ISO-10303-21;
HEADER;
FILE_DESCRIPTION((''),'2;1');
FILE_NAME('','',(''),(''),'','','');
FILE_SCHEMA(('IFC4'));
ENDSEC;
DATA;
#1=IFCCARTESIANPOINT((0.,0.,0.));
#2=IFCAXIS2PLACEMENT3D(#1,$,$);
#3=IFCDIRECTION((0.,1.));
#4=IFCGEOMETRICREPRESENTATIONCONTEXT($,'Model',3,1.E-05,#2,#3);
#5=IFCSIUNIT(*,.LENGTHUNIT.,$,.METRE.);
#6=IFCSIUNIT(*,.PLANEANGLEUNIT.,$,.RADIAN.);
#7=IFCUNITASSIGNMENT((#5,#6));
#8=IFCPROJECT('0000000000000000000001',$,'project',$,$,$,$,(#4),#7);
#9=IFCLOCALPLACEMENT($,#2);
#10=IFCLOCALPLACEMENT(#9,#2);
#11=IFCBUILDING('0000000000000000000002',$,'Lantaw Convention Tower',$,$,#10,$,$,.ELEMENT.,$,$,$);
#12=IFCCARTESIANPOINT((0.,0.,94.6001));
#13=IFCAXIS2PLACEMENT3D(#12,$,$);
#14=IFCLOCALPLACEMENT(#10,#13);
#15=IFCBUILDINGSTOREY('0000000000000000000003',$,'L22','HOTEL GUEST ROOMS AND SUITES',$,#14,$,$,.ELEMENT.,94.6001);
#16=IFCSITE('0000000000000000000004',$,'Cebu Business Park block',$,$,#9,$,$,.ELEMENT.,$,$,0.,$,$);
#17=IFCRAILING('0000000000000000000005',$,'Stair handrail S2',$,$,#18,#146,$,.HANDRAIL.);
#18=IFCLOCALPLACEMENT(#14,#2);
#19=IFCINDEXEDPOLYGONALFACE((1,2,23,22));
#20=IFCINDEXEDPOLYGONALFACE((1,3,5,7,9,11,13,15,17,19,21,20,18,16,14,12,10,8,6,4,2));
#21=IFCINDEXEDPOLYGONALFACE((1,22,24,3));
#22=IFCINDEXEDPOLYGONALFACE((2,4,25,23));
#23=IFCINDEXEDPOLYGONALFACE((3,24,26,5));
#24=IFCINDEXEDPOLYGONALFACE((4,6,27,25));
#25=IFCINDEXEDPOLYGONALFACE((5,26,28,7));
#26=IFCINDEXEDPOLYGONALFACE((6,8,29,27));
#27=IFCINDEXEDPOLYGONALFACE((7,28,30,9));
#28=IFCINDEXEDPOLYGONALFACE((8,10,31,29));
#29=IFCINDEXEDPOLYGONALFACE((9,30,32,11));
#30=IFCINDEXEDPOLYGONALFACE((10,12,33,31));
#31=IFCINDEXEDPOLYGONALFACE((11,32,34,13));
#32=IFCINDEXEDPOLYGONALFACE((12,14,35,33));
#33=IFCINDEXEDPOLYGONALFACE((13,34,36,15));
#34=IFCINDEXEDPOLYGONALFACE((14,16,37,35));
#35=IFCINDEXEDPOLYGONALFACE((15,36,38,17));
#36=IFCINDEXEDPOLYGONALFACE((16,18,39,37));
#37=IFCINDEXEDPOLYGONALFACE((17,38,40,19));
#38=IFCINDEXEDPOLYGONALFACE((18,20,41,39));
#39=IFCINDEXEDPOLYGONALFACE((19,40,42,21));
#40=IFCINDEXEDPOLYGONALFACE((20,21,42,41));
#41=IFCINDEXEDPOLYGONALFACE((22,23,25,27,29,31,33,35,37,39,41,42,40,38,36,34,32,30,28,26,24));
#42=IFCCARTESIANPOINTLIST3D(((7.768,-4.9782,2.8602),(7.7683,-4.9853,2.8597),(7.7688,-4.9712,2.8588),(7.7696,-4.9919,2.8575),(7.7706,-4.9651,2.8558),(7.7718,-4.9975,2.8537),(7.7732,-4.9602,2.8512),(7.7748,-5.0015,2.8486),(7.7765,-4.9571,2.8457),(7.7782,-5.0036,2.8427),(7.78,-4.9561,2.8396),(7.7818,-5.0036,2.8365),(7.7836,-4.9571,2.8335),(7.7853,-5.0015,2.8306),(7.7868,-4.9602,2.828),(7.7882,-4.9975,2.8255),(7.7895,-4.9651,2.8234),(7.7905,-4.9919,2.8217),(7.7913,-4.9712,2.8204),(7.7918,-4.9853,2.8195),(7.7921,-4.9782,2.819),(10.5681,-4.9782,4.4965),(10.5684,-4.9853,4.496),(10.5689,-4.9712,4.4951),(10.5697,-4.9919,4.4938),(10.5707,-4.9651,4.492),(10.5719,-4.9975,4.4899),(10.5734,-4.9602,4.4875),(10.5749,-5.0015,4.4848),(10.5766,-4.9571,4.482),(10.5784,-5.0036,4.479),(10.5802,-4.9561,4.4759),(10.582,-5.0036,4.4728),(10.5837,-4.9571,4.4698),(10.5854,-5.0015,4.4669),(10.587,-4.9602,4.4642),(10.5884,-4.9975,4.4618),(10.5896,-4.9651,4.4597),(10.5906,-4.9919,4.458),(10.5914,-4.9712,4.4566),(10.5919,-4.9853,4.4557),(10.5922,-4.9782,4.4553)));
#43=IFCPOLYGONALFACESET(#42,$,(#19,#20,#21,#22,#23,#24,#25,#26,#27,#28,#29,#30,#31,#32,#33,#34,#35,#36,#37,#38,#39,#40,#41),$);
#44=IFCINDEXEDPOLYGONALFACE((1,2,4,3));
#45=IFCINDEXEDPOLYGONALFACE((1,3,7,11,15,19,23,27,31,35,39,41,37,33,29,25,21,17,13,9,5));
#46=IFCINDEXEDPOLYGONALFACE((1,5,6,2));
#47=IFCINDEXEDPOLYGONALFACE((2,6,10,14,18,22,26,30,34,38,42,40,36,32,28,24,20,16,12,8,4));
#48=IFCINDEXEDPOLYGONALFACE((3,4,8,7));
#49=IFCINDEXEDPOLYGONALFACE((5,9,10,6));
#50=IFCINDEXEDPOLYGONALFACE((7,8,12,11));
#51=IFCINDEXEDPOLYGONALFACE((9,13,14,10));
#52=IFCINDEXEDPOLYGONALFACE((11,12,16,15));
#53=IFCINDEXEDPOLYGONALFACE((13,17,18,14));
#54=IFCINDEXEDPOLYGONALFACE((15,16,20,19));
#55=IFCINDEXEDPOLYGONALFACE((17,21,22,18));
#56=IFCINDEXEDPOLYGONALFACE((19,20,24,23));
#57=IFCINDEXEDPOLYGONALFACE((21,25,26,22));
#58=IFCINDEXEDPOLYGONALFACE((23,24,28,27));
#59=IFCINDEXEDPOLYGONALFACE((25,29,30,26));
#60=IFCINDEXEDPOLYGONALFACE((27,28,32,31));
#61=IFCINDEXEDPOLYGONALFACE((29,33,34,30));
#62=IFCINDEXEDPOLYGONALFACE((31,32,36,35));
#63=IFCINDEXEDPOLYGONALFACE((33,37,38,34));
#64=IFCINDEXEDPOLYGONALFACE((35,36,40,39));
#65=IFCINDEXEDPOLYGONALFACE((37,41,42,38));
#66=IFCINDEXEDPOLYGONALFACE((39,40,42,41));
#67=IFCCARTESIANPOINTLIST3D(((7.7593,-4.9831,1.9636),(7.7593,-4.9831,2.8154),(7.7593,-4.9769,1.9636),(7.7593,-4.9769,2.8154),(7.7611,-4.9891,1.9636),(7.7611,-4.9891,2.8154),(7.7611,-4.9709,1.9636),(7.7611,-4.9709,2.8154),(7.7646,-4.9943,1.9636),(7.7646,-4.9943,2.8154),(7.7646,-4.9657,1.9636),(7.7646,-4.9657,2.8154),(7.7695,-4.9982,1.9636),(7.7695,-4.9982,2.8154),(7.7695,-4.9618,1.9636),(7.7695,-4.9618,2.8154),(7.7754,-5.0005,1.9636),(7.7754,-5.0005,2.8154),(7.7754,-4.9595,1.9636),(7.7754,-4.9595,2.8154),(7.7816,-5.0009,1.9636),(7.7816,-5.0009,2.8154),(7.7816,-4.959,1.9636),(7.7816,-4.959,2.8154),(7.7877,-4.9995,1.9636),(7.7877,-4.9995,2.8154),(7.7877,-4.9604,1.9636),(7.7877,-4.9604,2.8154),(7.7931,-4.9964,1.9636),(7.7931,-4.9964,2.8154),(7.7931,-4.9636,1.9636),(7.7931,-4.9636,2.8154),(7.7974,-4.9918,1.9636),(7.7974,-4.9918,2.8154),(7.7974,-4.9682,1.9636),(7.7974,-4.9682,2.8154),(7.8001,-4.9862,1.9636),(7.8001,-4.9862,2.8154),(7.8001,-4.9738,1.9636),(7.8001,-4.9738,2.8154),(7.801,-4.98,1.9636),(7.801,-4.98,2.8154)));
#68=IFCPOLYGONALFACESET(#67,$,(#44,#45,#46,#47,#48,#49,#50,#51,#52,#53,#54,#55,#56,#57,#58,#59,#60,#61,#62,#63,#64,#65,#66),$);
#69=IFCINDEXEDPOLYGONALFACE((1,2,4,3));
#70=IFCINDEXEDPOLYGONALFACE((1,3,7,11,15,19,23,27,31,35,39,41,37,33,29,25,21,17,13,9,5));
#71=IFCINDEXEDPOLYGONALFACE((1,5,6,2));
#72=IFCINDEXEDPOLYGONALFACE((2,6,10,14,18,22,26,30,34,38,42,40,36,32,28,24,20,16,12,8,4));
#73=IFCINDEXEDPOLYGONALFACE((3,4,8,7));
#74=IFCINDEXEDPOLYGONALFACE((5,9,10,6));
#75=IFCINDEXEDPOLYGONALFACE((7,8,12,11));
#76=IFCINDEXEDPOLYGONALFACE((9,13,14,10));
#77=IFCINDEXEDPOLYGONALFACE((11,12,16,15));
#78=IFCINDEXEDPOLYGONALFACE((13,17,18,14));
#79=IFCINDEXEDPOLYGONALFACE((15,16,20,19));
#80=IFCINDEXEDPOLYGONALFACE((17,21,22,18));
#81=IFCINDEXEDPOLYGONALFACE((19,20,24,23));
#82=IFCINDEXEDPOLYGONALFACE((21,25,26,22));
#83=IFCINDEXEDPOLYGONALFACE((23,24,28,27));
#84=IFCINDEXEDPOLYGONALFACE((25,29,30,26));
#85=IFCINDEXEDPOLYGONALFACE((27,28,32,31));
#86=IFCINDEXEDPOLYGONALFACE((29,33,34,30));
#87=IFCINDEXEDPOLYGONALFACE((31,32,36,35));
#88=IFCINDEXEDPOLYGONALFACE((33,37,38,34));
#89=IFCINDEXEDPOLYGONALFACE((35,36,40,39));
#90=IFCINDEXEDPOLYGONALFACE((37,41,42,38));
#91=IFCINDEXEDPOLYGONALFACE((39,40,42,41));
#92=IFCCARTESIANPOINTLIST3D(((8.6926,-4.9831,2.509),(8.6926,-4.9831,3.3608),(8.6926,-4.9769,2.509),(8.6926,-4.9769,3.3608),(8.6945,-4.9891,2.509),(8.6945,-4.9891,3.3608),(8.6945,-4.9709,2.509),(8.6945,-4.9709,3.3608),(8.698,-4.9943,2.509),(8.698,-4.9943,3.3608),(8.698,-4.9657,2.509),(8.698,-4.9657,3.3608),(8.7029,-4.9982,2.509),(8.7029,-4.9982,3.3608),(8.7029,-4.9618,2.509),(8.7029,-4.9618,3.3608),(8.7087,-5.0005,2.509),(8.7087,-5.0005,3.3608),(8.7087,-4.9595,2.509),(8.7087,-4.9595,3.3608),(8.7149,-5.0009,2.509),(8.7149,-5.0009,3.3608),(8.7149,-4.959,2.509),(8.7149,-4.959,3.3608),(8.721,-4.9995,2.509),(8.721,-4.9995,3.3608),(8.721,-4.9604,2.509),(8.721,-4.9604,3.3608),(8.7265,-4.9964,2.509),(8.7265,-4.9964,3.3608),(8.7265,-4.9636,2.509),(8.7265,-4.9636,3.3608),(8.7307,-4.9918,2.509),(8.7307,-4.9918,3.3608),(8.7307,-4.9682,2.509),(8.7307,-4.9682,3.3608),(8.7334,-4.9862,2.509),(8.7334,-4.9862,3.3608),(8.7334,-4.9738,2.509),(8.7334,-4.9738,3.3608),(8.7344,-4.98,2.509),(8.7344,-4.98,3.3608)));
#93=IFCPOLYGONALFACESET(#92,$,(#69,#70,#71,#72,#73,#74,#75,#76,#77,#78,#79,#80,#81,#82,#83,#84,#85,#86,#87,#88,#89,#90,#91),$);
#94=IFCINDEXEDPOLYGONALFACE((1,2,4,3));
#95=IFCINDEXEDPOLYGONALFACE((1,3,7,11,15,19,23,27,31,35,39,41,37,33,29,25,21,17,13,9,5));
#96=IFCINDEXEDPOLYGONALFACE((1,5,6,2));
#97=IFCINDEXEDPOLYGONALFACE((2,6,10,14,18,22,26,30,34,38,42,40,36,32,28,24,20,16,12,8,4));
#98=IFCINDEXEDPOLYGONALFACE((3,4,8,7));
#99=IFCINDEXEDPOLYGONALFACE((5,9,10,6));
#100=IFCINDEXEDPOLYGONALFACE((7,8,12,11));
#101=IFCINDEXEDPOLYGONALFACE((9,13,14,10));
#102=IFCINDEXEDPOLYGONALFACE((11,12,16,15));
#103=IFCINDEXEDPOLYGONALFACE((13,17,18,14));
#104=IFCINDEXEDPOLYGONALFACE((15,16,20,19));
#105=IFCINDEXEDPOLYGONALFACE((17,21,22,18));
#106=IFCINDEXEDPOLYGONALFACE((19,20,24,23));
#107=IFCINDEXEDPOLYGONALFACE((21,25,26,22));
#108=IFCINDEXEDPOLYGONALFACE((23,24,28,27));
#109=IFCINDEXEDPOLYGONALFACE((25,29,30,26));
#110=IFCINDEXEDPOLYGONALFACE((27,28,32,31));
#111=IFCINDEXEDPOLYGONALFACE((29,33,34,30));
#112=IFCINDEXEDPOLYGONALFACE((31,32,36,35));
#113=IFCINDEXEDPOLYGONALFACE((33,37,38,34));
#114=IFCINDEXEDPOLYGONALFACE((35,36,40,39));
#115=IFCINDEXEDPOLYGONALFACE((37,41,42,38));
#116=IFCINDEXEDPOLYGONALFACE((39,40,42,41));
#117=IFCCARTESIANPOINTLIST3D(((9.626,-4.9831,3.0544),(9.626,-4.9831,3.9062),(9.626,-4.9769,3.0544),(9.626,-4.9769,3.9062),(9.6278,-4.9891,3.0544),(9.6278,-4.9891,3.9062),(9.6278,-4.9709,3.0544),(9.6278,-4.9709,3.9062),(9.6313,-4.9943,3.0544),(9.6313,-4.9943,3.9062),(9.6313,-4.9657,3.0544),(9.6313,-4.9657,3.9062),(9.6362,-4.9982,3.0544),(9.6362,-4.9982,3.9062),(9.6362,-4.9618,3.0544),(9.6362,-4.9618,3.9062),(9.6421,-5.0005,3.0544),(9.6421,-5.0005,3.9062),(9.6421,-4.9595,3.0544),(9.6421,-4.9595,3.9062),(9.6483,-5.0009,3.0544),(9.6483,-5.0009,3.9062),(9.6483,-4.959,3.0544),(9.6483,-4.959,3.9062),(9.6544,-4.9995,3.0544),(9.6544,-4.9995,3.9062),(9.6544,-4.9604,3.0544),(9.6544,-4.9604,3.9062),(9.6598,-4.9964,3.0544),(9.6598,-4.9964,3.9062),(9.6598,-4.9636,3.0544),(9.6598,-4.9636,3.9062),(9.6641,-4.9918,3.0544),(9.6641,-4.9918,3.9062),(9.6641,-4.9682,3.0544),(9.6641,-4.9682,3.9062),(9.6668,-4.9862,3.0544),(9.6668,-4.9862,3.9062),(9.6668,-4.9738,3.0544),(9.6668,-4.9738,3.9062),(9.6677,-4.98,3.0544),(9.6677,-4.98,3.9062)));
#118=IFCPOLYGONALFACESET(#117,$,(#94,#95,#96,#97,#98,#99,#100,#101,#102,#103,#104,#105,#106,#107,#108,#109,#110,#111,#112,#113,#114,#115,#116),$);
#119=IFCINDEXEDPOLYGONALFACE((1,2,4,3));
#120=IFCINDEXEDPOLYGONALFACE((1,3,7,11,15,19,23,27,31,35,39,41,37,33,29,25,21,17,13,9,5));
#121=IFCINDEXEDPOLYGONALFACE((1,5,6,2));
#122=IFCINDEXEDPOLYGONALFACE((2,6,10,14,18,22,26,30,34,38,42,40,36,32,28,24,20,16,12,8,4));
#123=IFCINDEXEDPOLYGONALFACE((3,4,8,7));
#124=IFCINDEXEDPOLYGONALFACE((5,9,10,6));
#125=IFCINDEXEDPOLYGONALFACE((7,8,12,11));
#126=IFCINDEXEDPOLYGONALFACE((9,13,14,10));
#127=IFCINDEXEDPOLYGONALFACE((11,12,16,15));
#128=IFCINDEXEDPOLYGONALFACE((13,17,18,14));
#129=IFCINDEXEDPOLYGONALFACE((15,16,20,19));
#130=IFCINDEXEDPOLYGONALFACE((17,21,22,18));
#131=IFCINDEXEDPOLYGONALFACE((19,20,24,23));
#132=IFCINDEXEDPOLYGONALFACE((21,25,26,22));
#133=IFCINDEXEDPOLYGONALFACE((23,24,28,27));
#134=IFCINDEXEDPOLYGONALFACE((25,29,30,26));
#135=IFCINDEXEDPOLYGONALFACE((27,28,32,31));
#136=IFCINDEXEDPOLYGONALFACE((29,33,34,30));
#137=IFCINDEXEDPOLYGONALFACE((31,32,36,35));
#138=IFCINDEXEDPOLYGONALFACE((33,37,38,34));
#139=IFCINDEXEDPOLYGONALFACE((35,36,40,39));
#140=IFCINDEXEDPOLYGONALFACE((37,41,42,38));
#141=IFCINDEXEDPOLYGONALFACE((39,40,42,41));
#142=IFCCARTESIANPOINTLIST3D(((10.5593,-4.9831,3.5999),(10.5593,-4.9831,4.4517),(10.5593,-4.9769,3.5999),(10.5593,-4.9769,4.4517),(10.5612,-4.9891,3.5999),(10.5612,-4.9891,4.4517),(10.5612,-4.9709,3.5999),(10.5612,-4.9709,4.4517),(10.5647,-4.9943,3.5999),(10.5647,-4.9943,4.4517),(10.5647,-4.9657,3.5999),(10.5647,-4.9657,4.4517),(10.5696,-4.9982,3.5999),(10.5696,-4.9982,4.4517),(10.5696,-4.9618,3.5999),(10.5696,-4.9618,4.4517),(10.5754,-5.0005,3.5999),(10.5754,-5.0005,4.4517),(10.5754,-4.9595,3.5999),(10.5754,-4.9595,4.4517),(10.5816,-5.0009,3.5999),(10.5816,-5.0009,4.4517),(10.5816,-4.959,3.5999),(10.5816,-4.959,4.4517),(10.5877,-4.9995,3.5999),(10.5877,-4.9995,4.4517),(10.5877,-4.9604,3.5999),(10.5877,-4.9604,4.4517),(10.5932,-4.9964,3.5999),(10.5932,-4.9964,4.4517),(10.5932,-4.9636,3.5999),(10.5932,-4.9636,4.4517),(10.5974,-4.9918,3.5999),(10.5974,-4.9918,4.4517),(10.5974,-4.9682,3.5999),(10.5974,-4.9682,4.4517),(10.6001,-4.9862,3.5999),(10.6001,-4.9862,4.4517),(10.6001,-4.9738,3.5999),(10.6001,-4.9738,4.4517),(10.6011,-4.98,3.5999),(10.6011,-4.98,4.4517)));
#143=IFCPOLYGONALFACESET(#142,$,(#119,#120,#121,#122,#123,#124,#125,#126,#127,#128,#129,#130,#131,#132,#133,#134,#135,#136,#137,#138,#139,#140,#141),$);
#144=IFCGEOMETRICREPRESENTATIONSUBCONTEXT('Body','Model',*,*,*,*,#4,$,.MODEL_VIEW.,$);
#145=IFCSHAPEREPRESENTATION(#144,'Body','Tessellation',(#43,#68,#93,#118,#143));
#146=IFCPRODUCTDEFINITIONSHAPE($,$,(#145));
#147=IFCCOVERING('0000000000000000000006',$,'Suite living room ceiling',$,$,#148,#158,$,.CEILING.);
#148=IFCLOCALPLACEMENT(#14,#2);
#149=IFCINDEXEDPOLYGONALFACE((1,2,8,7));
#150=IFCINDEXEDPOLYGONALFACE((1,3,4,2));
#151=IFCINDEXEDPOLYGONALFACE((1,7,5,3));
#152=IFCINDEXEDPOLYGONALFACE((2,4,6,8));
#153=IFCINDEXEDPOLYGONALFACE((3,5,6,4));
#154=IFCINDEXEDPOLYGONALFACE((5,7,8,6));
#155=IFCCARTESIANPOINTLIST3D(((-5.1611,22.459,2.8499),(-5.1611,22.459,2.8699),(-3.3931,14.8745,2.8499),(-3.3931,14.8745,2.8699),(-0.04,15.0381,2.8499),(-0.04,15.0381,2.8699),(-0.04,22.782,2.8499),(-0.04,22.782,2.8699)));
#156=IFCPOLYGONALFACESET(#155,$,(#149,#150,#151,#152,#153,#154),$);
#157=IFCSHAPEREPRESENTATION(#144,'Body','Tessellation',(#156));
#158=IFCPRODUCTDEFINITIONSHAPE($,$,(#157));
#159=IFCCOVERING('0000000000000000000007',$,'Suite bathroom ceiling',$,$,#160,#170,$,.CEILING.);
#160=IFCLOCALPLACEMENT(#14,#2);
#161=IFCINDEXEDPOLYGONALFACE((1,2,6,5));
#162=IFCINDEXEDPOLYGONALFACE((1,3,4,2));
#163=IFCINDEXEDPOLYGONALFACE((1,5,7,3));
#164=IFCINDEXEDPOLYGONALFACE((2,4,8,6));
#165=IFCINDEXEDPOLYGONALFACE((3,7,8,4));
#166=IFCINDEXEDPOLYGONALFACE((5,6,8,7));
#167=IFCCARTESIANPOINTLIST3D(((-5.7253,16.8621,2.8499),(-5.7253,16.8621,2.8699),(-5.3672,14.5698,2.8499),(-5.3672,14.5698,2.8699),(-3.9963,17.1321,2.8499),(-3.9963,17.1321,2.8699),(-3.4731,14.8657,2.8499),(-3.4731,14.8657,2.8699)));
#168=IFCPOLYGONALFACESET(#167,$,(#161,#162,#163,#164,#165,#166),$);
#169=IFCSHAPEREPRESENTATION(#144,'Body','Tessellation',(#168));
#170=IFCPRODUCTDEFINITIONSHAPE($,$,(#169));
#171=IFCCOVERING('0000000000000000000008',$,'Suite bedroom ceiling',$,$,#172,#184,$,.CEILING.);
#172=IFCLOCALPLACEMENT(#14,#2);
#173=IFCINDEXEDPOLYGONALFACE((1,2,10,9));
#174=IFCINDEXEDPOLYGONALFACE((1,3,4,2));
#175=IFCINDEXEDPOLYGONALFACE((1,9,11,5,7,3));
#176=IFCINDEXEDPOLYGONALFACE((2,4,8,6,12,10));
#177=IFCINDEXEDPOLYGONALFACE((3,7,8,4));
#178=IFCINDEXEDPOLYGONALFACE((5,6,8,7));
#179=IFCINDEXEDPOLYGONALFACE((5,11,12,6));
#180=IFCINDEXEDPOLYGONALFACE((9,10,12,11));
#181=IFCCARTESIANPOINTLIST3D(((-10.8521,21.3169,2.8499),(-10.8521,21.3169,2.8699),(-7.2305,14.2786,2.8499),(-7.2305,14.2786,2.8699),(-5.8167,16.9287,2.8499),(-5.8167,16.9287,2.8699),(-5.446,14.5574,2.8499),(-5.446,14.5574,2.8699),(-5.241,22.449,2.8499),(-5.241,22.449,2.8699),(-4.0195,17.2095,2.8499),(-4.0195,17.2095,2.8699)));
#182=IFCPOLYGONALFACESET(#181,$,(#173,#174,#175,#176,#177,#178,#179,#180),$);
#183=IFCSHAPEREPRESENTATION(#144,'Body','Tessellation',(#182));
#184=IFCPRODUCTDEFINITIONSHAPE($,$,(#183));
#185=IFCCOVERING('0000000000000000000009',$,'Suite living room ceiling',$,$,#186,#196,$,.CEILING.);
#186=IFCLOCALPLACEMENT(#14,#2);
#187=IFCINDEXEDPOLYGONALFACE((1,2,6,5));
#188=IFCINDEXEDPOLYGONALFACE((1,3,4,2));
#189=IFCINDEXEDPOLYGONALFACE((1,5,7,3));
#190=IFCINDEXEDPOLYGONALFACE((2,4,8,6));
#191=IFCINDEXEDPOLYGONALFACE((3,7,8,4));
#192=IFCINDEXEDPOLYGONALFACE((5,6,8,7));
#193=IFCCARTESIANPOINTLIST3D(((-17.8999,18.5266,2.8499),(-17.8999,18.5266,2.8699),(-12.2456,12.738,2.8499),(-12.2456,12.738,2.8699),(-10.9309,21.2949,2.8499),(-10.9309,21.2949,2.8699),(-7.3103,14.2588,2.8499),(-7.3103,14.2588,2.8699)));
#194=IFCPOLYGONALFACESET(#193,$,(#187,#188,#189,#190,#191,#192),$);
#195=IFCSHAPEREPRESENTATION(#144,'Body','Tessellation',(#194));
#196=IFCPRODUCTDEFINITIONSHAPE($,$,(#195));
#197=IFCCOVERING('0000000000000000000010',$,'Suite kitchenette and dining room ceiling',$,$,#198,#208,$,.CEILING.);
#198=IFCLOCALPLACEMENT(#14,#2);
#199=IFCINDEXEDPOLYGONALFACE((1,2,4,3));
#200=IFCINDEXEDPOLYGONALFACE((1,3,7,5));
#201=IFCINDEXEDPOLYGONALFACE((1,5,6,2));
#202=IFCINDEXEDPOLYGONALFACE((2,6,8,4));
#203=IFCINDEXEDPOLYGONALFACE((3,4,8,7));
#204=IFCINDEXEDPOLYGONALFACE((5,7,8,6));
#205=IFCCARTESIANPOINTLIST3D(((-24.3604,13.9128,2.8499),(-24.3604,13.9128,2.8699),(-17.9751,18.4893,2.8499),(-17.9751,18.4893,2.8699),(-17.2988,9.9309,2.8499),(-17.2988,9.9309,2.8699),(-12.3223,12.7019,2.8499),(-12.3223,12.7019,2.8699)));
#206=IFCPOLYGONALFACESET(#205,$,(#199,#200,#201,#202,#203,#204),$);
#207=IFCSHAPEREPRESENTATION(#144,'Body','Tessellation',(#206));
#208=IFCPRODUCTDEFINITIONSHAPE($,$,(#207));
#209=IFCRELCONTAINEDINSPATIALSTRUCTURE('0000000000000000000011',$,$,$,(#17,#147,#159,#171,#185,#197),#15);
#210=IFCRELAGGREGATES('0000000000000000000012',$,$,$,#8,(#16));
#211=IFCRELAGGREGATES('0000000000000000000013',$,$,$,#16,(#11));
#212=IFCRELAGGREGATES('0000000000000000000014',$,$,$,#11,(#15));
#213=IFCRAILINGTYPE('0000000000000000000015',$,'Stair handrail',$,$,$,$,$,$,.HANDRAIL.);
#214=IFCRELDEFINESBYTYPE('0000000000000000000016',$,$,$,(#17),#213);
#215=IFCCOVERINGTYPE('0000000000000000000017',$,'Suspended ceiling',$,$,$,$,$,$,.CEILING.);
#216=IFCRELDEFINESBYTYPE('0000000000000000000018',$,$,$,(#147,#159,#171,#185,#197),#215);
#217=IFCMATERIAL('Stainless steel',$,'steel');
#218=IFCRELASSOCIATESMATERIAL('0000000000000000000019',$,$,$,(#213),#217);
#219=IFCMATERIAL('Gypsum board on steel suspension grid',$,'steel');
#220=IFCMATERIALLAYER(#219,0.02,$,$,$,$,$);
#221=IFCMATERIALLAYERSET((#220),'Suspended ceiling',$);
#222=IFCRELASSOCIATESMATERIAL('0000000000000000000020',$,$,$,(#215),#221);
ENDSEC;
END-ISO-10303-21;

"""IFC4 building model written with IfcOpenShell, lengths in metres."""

from ifc_helpers import new_model, si_unit, direction, frame, origin, origin_2d, place, context, subcontext, project, spatial, polyline, circle, outline, extrude, material, layer, layer_set, type_object, element, save


model = new_model("IFC4")

# Units and contexts
model_context = context("Model", 3, precision=1e-05, world=origin(), true_north=direction((0.0, 1.0)))
body_context = subcontext(model_context, "Body", "Model", "MODEL_VIEW")
ifc_project = project(units=[si_unit("LENGTHUNIT", "METRE"), si_unit("PLANEANGLEUNIT", "RADIAN")], contexts=[model_context])

# Site, building, storey
site_placement = place(None, origin())
site = spatial("IfcSite", under=ifc_project, at=site_placement, Name="Cebu Business Park block", CompositionType="ELEMENT", RefElevation=0.0)
building_placement = place(site_placement, origin())
building = spatial("IfcBuilding", under=site, at=building_placement, Name="Lantaw Convention Tower", CompositionType="ELEMENT")
storey_placement = place(building_placement, frame((0.0, 0.0, 94.6001)))
storey = spatial("IfcBuildingStorey", under=building, at=storey_placement, Name="L22", Description="HOTEL GUEST ROOMS AND SUITES", CompositionType="ELEMENT", Elevation=94.6001)

# Railing
ifc_material_1 = material(Name="Stainless steel", Category="steel")
railing_type = type_object("IfcRailingType", Name="Stair handrail", PredefinedType="HANDRAIL", material=ifc_material_1)
railing_1_placement = place(storey_placement, frame((7.78, -4.98, 1.9636)))
element("IfcRailing", 1, at=railing_1_placement, inside=storey, type_object=railing_type, Name="Stair handrail S2", PredefinedType="HANDRAIL", context=body_context, shape_type="SweptSolid", body=[
    extrude(circle(Radius=0.0239, at=origin_2d()), frame((0.0, 0.0, 0.876), z_axis=(0.863394, 0.0, 0.504531), x_axis=(0.0, 1.0, 0.0)), (0.0, 0.0, 1.0), 3.2432),
    extrude(circle(Radius=0.021, at=origin_2d()), origin(), (0.0, 0.0, 1.0), 0.8518),
    extrude(circle(Radius=0.021, at=origin_2d()), frame((0.9333, 0.0, 0.5454)), (0.0, 0.0, 1.0), 0.8518),
    extrude(circle(Radius=0.021, at=origin_2d()), frame((1.8667, 0.0, 1.0908)), (0.0, 0.0, 1.0), 0.8518),
    extrude(circle(Radius=0.021, at=origin_2d()), frame((2.8, 0.0, 1.6362)), (0.0, 0.0, 1.0), 0.8518),
])

# Coverings
ifc_material_2 = material(Name="Gypsum board on steel suspension grid", Category="steel")
ifc_layer_1 = layer(ifc_material_2, 0.02)
ifc_layer_set_1 = layer_set([ifc_layer_1], Name="Suspended ceiling")
covering_type = type_object("IfcCoveringType", Name="Suspended ceiling", PredefinedType="CEILING", material=ifc_layer_set_1)
covering_1_placement = place(storey_placement, frame((0.0, 0.0, 2.8499)))
element("IfcCovering", 2, at=covering_1_placement, inside=storey, type_object=covering_type, Name="Suite living room ceiling", PredefinedType="CEILING", context=body_context, shape_type="SweptSolid", body=[
    extrude(outline(polyline([(-0.04, 15.0381), (-0.04, 22.782), (-5.1611, 22.459), (-3.3931, 14.8745), (-0.04, 15.0381)])), origin(), (0.0, 0.0, 1.0), 0.02),
])
covering_2_placement = place(storey_placement, frame((0.0, 0.0, 2.8499)))
element("IfcCovering", 3, at=covering_2_placement, inside=storey, type_object=covering_type, Name="Suite bathroom ceiling", PredefinedType="CEILING", context=body_context, shape_type="SweptSolid", body=[
    extrude(outline(polyline([(-3.4731, 14.8657), (-3.9963, 17.1321), (-5.7253, 16.8621), (-5.3672, 14.5698), (-3.4731, 14.8657)])), origin(), (0.0, 0.0, 1.0), 0.02),
])
covering_3_placement = place(storey_placement, frame((0.0, 0.0, 2.8499)))
element("IfcCovering", 4, at=covering_3_placement, inside=storey, type_object=covering_type, Name="Suite bedroom ceiling", PredefinedType="CEILING", context=body_context, shape_type="SweptSolid", body=[
    extrude(outline(polyline([(-7.2305, 14.2786), (-5.446, 14.5574), (-5.8167, 16.9287), (-4.0195, 17.2095), (-5.241, 22.449), (-10.8521, 21.3169), (-7.2305, 14.2786)])), origin(), (0.0, 0.0, 1.0), 0.02),
])
covering_4_placement = place(storey_placement, frame((0.0, 0.0, 2.8499)))
element("IfcCovering", 5, at=covering_4_placement, inside=storey, type_object=covering_type, Name="Suite living room ceiling", PredefinedType="CEILING", context=body_context, shape_type="SweptSolid", body=[
    extrude(outline(polyline([(-7.3103, 14.2588), (-10.9309, 21.2949), (-17.8999, 18.5266), (-12.2456, 12.738), (-7.3103, 14.2588)])), origin(), (0.0, 0.0, 1.0), 0.02),
])
covering_5_placement = place(storey_placement, frame((0.0, 0.0, 2.8499)))
element("IfcCovering", 6, at=covering_5_placement, inside=storey, type_object=covering_type, Name="Suite kitchenette and dining room ceiling", PredefinedType="CEILING", context=body_context, shape_type="SweptSolid", body=[
    extrude(outline(polyline([(-12.3223, 12.7019), (-17.9751, 18.4893), (-24.3604, 13.9128), (-17.2988, 9.9309), (-12.3223, 12.7019)])), origin(), (0.0, 0.0, 1.0), 0.02),
])

save(model, "model.ifc")
